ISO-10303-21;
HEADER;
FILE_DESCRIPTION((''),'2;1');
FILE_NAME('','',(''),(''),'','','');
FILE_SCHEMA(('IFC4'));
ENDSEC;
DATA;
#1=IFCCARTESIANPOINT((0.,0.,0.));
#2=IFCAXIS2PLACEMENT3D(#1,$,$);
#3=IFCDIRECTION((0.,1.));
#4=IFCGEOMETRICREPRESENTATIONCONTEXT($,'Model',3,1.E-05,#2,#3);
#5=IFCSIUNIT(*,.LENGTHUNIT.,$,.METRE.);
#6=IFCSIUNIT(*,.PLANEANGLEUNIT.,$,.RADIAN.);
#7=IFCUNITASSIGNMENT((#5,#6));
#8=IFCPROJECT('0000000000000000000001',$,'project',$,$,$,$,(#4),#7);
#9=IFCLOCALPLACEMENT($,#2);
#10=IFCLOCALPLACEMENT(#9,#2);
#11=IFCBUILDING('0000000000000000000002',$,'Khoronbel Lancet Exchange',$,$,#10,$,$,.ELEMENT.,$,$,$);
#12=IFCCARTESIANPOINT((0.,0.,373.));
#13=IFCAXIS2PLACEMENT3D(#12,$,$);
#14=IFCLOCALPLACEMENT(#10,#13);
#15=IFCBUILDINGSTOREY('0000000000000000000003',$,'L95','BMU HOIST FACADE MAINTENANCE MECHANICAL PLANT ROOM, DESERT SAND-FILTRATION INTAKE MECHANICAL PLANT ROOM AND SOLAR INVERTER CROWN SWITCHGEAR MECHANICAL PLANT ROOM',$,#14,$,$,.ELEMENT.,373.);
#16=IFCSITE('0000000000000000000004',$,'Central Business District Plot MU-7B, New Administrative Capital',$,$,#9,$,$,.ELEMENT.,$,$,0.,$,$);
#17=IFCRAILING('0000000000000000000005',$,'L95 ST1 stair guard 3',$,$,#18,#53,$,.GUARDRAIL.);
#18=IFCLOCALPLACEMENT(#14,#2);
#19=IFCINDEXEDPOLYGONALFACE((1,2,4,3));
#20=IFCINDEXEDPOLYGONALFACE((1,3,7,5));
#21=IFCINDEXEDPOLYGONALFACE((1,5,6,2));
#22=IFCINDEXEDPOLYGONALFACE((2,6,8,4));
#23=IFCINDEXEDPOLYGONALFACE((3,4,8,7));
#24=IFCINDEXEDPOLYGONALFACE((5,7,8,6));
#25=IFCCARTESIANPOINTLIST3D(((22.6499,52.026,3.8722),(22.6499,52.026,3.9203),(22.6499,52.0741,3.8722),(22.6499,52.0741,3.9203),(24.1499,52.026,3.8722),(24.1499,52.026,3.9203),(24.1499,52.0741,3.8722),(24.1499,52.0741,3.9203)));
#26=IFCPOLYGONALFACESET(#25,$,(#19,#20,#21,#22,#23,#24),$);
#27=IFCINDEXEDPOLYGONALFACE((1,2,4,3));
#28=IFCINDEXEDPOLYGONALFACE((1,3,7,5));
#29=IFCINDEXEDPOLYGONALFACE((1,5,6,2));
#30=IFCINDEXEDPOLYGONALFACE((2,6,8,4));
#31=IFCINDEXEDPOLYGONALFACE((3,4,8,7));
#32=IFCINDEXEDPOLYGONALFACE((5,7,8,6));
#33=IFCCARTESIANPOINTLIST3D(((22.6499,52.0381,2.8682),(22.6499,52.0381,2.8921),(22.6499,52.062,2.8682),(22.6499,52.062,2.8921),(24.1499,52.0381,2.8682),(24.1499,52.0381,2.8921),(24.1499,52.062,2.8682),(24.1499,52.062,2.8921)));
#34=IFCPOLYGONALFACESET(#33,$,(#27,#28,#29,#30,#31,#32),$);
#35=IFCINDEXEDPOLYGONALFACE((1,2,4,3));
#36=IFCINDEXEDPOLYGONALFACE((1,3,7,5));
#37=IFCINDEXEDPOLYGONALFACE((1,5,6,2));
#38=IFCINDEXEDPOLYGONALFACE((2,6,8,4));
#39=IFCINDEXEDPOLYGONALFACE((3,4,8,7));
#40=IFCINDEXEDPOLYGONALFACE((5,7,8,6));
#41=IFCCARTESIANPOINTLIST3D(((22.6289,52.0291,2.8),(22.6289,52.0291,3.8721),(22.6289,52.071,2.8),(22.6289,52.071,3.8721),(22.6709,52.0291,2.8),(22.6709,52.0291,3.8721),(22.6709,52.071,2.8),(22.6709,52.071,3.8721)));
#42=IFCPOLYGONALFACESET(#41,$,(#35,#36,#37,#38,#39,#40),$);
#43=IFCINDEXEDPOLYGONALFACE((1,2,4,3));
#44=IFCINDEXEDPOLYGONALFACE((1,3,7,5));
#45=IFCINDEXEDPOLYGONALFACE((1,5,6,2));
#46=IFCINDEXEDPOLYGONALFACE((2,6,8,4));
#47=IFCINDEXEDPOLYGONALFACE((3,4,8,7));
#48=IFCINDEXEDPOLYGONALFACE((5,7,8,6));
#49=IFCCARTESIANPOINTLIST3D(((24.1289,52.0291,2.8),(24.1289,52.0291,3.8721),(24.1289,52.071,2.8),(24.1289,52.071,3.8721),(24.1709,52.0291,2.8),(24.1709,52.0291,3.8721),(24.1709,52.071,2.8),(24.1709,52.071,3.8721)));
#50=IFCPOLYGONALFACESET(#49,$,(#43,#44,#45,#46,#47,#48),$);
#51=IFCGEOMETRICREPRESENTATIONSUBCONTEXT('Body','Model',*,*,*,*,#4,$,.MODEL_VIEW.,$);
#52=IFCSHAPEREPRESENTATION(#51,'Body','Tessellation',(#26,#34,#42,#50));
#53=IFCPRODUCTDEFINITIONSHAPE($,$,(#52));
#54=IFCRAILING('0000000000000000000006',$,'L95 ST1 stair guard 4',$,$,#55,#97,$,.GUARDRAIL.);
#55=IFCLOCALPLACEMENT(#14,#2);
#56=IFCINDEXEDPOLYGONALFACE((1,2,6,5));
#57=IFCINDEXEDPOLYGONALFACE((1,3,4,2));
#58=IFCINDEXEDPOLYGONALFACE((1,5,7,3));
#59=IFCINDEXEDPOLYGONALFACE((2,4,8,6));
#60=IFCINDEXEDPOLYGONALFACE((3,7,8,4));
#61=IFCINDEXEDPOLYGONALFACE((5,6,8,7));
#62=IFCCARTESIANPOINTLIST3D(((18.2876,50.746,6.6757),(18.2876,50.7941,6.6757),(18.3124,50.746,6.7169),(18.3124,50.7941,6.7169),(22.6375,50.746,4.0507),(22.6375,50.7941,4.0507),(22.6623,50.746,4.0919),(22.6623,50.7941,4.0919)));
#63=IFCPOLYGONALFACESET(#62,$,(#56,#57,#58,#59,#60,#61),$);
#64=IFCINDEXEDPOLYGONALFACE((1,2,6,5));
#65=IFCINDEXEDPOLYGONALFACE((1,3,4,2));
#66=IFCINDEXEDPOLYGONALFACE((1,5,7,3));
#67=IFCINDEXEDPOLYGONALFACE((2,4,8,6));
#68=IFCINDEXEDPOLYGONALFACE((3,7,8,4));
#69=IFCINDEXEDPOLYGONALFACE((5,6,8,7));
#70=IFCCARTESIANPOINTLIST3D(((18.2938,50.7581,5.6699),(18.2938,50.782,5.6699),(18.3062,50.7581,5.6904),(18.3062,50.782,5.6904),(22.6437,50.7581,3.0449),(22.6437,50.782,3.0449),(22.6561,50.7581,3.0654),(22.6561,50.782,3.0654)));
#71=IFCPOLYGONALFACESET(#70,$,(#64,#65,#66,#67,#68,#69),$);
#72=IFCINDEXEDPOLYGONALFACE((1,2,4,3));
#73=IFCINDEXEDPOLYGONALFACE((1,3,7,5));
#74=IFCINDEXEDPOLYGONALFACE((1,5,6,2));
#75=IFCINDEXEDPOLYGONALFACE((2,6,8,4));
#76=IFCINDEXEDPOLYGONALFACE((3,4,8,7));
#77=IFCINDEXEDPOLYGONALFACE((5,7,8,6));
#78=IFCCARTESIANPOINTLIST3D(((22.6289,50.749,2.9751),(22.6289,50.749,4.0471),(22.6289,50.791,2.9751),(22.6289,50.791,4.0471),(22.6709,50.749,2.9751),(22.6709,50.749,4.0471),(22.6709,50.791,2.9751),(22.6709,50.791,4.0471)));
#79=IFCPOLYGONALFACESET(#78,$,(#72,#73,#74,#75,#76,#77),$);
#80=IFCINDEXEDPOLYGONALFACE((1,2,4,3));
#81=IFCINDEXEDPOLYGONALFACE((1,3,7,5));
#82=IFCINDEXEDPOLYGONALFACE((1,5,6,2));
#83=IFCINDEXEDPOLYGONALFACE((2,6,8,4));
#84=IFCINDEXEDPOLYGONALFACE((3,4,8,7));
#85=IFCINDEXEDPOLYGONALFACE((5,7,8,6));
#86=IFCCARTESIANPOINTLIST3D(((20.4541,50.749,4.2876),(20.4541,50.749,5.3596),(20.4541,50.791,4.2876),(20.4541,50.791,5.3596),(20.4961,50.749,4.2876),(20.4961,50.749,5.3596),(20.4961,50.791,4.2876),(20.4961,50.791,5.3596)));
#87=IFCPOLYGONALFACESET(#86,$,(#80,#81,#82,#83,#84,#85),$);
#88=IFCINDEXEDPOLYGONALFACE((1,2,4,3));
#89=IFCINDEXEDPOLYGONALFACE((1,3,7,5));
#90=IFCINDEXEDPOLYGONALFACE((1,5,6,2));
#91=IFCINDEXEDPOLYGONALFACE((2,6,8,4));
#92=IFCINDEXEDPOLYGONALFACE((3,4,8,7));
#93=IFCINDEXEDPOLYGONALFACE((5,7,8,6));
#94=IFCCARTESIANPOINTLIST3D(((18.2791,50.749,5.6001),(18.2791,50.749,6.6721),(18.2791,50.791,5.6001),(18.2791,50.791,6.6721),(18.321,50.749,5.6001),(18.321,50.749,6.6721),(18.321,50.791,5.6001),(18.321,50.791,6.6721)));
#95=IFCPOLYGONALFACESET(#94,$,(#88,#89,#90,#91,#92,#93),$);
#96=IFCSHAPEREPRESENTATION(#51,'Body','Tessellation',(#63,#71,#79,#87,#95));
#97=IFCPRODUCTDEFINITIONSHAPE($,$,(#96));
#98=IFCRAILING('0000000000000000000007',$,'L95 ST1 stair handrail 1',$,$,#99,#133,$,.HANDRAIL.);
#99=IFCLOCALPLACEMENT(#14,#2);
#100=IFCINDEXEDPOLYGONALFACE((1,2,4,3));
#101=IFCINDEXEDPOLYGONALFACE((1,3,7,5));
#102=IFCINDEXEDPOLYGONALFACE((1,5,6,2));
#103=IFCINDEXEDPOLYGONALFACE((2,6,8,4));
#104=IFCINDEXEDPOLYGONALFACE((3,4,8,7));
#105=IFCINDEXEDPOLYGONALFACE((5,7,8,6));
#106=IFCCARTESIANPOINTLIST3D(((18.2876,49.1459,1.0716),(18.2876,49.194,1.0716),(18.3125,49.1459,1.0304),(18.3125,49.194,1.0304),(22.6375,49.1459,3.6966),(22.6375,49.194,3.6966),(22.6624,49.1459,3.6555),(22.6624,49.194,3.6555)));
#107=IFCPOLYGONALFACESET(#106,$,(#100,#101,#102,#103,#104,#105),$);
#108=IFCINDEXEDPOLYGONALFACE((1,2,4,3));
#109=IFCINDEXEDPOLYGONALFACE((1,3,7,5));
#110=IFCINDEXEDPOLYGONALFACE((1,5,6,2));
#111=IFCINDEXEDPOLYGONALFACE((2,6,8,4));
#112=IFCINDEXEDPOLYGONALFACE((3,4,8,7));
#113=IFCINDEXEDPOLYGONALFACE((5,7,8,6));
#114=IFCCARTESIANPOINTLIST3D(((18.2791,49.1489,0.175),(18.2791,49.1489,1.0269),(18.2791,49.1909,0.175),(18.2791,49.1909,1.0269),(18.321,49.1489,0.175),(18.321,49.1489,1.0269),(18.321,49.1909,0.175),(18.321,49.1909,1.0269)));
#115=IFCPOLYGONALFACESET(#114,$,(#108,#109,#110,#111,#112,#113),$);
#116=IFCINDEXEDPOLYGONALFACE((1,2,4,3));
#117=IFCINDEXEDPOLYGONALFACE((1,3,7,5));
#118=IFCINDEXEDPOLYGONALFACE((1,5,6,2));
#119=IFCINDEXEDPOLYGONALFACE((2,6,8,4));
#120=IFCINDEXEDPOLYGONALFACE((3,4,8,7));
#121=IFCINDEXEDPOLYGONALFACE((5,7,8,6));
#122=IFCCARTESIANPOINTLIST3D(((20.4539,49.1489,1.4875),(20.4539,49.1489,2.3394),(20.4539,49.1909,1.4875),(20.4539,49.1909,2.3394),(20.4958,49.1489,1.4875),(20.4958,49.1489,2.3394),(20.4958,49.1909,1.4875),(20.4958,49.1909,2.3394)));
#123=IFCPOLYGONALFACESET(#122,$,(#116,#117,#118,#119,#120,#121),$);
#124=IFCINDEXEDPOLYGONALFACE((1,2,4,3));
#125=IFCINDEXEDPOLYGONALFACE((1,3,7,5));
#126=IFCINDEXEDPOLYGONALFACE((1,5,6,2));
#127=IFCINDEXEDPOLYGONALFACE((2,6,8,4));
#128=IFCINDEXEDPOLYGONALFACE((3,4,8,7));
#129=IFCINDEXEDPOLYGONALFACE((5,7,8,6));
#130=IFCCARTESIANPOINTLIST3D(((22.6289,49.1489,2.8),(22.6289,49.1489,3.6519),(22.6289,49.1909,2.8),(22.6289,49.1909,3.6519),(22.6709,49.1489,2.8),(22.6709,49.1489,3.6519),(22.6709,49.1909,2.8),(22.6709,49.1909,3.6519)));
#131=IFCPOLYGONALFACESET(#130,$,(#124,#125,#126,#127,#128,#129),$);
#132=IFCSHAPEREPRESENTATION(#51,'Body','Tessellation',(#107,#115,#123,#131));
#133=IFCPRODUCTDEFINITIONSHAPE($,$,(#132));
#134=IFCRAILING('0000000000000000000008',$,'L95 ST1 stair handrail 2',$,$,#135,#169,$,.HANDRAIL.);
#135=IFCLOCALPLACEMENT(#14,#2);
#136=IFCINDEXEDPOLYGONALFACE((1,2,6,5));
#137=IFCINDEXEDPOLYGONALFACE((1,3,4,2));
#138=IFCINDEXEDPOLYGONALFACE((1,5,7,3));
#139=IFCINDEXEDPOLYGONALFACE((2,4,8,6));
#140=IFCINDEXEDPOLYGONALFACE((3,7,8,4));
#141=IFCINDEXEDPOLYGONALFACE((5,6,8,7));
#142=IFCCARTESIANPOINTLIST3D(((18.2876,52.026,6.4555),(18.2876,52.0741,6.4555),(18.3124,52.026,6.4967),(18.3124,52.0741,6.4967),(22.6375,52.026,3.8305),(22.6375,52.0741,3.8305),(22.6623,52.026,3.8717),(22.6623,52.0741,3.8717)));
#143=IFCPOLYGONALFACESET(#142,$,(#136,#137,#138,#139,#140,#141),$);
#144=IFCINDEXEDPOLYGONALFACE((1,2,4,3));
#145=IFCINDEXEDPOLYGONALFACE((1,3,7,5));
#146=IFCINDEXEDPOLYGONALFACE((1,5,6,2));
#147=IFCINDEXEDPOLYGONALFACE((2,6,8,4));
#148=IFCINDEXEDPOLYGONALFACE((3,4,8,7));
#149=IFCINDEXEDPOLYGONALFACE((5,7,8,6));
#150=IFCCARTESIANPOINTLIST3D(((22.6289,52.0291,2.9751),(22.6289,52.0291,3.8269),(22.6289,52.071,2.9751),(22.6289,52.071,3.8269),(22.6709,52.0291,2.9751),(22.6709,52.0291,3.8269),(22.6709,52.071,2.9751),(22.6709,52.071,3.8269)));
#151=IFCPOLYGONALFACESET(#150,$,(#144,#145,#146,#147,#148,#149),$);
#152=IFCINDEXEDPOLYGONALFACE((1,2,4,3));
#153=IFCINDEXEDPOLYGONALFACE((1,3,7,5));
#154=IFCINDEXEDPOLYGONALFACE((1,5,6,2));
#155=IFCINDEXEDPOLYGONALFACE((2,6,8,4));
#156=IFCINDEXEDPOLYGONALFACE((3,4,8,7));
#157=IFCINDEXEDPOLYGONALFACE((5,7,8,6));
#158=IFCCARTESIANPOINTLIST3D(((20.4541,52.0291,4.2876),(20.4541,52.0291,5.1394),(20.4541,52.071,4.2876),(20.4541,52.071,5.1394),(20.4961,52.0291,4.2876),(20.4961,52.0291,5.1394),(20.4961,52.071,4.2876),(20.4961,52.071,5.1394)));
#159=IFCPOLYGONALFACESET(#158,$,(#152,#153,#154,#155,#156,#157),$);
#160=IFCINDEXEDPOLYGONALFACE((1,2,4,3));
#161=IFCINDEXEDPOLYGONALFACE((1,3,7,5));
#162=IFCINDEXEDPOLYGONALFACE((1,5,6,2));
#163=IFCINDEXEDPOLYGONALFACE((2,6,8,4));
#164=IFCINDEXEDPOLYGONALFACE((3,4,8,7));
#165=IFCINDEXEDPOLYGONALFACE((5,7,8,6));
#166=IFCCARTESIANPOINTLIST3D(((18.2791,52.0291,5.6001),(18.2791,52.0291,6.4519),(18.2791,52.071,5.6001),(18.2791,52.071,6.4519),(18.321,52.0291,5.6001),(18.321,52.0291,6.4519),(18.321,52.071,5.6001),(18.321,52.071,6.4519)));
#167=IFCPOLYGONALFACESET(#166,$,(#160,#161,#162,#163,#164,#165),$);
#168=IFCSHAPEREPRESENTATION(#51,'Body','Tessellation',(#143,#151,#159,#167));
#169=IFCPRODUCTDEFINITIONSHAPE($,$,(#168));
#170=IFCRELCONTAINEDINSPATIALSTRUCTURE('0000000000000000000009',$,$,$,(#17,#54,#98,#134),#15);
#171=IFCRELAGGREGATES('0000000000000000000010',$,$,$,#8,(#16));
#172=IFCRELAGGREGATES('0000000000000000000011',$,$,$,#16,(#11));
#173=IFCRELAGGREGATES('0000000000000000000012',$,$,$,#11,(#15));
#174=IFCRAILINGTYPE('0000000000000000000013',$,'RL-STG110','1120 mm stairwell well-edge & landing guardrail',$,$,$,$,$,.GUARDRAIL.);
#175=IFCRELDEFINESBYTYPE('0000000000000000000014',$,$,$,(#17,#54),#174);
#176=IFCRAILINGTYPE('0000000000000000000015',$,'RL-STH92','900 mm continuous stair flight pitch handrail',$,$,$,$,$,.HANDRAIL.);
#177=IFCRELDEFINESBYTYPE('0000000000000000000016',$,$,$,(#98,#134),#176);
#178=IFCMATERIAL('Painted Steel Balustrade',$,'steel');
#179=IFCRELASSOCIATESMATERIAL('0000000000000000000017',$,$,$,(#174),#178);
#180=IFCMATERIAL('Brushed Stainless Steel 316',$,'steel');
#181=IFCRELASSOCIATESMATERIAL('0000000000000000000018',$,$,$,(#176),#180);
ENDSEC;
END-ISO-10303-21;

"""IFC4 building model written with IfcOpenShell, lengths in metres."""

from ifc_helpers import new_model, si_unit, direction, frame, origin, origin_2d, place, context, subcontext, project, spatial, rectangle, extrude, material, type_object, element, save


model = new_model("IFC4")

# Units and contexts
model_context = context("Model", 3, precision=1e-05, world=origin(), true_north=direction((0.0, 1.0)))
body_context = subcontext(model_context, "Body", "Model", "MODEL_VIEW")
ifc_project = project(units=[si_unit("LENGTHUNIT", "METRE"), si_unit("PLANEANGLEUNIT", "RADIAN")], contexts=[model_context])

# Site, building, storey
site_placement = place(None, origin())
site = spatial("IfcSite", under=ifc_project, at=site_placement, Name="Central Business District Plot MU-7B, New Administrative Capital", CompositionType="ELEMENT", RefElevation=0.0)
building_placement = place(site_placement, origin())
building = spatial("IfcBuilding", under=site, at=building_placement, Name="Khoronbel Lancet Exchange", CompositionType="ELEMENT")
storey_placement = place(building_placement, frame((0.0, 0.0, 373.0)))
storey = spatial("IfcBuildingStorey", under=building, at=storey_placement, Name="L95", Description="BMU HOIST FACADE MAINTENANCE MECHANICAL PLANT ROOM, DESERT SAND-FILTRATION INTAKE MECHANICAL PLANT ROOM AND SOLAR INVERTER CROWN SWITCHGEAR MECHANICAL PLANT ROOM", CompositionType="ELEMENT", Elevation=373.0)

# Railings
ifc_material_1 = material(Name="Painted Steel Balustrade", Category="steel")
railing_type_1 = type_object("IfcRailingType", Name="RL-STG110", Description="1120 mm stairwell well-edge & landing guardrail", PredefinedType="GUARDRAIL", material=ifc_material_1)
railing_1_placement = place(storey_placement, frame((22.6499, 52.05, 2.8)))
element("IfcRailing", 1, at=railing_1_placement, inside=storey, type_object=railing_type_1, Name="L95 ST1 stair guard 3", PredefinedType="GUARDRAIL", context=body_context, shape_type="SweptSolid", body=[
    extrude(rectangle(XDim=0.0481, YDim=0.0481, at=origin_2d()), frame((0.0, 0.0, 1.0962), z_axis=(1.0, 0.0, 0.0), x_axis=(0.0, 1.0, 0.0)), (0.0, 0.0, 1.0), 1.5),
    extrude(rectangle(XDim=0.0239, YDim=0.0239, at=origin_2d()), frame((0.0, 0.0, 0.0801), z_axis=(1.0, 0.0, 0.0), x_axis=(0.0, 1.0, 0.0)), (0.0, 0.0, 1.0), 1.5),
    extrude(rectangle(XDim=0.042, YDim=0.042, at=origin_2d()), origin(), (0.0, 0.0, 1.0), 1.072),
    extrude(rectangle(XDim=0.042, YDim=0.042, at=origin_2d()), frame((1.5, 0.0, 0.0)), (0.0, 0.0, 1.0), 1.072),
])
railing_2_placement = place(storey_placement, frame((22.6499, 50.77, 2.9751)))
element("IfcRailing", 2, at=railing_2_placement, inside=storey, type_object=railing_type_1, Name="L95 ST1 stair guard 4", PredefinedType="GUARDRAIL", context=body_context, shape_type="SweptSolid", body=[
    extrude(rectangle(XDim=0.0481, YDim=0.0481, at=origin_2d()), frame((0.0, 0.0, 1.0962), z_axis=(-0.85618, 0.0, 0.516678), x_axis=(0.0, -1.0, 0.0)), (0.0, 0.0, 1.0), 5.0806),
    extrude(rectangle(XDim=0.0239, YDim=0.0239, at=origin_2d()), frame((0.0, 0.0, 0.0801), z_axis=(-0.85618, 0.0, 0.516678), x_axis=(0.0, -1.0, 0.0)), (0.0, 0.0, 1.0), 5.0806),
    extrude(rectangle(XDim=0.042, YDim=0.042, at=origin_2d()), origin(), (0.0, 0.0, 1.0), 1.072),
    extrude(rectangle(XDim=0.042, YDim=0.042, at=origin_2d()), frame((-2.1748, 0.0, 1.3125)), (0.0, 0.0, 1.0), 1.072),
    extrude(rectangle(XDim=0.042, YDim=0.042, at=origin_2d()), frame((-4.3499, 0.0, 2.625)), (0.0, 0.0, 1.0), 1.072),
])
ifc_material_2 = material(Name="Brushed Stainless Steel 316", Category="steel")
railing_type_2 = type_object("IfcRailingType", Name="RL-STH92", Description="900 mm continuous stair flight pitch handrail", PredefinedType="HANDRAIL", material=ifc_material_2)
railing_3_placement = place(storey_placement, frame((18.3, 49.1699, 0.175)))
element("IfcRailing", 3, at=railing_3_placement, inside=storey, type_object=railing_type_2, Name="L95 ST1 stair handrail 1", PredefinedType="HANDRAIL", context=body_context, shape_type="SweptSolid", body=[
    extrude(rectangle(XDim=0.0481, YDim=0.0481, at=origin_2d()), frame((0.0, 0.0, 0.876), z_axis=(0.85618, 0.0, 0.516678), x_axis=(0.0, 1.0, 0.0)), (0.0, 0.0, 1.0), 5.0806),
    extrude(rectangle(XDim=0.042, YDim=0.042, at=origin_2d()), origin(), (0.0, 0.0, 1.0), 0.8518),
    extrude(rectangle(XDim=0.042, YDim=0.042, at=origin_2d()), frame((2.1748, 0.0, 1.3125)), (0.0, 0.0, 1.0), 0.8518),
    extrude(rectangle(XDim=0.042, YDim=0.042, at=origin_2d()), frame((4.3499, 0.0, 2.625)), (0.0, 0.0, 1.0), 0.8518),
])
railing_4_placement = place(storey_placement, frame((22.6499, 52.05, 2.9751)))
element("IfcRailing", 4, at=railing_4_placement, inside=storey, type_object=railing_type_2, Name="L95 ST1 stair handrail 2", PredefinedType="HANDRAIL", context=body_context, shape_type="SweptSolid", body=[
    extrude(rectangle(XDim=0.0481, YDim=0.0481, at=origin_2d()), frame((0.0, 0.0, 0.876), z_axis=(-0.85618, 0.0, 0.516678), x_axis=(0.0, -1.0, 0.0)), (0.0, 0.0, 1.0), 5.0806),
    extrude(rectangle(XDim=0.042, YDim=0.042, at=origin_2d()), origin(), (0.0, 0.0, 1.0), 0.8518),
    extrude(rectangle(XDim=0.042, YDim=0.042, at=origin_2d()), frame((-2.1748, 0.0, 1.3125)), (0.0, 0.0, 1.0), 0.8518),
    extrude(rectangle(XDim=0.042, YDim=0.042, at=origin_2d()), frame((-4.3499, 0.0, 2.625)), (0.0, 0.0, 1.0), 0.8518),
])

save(model, "model.ifc")
